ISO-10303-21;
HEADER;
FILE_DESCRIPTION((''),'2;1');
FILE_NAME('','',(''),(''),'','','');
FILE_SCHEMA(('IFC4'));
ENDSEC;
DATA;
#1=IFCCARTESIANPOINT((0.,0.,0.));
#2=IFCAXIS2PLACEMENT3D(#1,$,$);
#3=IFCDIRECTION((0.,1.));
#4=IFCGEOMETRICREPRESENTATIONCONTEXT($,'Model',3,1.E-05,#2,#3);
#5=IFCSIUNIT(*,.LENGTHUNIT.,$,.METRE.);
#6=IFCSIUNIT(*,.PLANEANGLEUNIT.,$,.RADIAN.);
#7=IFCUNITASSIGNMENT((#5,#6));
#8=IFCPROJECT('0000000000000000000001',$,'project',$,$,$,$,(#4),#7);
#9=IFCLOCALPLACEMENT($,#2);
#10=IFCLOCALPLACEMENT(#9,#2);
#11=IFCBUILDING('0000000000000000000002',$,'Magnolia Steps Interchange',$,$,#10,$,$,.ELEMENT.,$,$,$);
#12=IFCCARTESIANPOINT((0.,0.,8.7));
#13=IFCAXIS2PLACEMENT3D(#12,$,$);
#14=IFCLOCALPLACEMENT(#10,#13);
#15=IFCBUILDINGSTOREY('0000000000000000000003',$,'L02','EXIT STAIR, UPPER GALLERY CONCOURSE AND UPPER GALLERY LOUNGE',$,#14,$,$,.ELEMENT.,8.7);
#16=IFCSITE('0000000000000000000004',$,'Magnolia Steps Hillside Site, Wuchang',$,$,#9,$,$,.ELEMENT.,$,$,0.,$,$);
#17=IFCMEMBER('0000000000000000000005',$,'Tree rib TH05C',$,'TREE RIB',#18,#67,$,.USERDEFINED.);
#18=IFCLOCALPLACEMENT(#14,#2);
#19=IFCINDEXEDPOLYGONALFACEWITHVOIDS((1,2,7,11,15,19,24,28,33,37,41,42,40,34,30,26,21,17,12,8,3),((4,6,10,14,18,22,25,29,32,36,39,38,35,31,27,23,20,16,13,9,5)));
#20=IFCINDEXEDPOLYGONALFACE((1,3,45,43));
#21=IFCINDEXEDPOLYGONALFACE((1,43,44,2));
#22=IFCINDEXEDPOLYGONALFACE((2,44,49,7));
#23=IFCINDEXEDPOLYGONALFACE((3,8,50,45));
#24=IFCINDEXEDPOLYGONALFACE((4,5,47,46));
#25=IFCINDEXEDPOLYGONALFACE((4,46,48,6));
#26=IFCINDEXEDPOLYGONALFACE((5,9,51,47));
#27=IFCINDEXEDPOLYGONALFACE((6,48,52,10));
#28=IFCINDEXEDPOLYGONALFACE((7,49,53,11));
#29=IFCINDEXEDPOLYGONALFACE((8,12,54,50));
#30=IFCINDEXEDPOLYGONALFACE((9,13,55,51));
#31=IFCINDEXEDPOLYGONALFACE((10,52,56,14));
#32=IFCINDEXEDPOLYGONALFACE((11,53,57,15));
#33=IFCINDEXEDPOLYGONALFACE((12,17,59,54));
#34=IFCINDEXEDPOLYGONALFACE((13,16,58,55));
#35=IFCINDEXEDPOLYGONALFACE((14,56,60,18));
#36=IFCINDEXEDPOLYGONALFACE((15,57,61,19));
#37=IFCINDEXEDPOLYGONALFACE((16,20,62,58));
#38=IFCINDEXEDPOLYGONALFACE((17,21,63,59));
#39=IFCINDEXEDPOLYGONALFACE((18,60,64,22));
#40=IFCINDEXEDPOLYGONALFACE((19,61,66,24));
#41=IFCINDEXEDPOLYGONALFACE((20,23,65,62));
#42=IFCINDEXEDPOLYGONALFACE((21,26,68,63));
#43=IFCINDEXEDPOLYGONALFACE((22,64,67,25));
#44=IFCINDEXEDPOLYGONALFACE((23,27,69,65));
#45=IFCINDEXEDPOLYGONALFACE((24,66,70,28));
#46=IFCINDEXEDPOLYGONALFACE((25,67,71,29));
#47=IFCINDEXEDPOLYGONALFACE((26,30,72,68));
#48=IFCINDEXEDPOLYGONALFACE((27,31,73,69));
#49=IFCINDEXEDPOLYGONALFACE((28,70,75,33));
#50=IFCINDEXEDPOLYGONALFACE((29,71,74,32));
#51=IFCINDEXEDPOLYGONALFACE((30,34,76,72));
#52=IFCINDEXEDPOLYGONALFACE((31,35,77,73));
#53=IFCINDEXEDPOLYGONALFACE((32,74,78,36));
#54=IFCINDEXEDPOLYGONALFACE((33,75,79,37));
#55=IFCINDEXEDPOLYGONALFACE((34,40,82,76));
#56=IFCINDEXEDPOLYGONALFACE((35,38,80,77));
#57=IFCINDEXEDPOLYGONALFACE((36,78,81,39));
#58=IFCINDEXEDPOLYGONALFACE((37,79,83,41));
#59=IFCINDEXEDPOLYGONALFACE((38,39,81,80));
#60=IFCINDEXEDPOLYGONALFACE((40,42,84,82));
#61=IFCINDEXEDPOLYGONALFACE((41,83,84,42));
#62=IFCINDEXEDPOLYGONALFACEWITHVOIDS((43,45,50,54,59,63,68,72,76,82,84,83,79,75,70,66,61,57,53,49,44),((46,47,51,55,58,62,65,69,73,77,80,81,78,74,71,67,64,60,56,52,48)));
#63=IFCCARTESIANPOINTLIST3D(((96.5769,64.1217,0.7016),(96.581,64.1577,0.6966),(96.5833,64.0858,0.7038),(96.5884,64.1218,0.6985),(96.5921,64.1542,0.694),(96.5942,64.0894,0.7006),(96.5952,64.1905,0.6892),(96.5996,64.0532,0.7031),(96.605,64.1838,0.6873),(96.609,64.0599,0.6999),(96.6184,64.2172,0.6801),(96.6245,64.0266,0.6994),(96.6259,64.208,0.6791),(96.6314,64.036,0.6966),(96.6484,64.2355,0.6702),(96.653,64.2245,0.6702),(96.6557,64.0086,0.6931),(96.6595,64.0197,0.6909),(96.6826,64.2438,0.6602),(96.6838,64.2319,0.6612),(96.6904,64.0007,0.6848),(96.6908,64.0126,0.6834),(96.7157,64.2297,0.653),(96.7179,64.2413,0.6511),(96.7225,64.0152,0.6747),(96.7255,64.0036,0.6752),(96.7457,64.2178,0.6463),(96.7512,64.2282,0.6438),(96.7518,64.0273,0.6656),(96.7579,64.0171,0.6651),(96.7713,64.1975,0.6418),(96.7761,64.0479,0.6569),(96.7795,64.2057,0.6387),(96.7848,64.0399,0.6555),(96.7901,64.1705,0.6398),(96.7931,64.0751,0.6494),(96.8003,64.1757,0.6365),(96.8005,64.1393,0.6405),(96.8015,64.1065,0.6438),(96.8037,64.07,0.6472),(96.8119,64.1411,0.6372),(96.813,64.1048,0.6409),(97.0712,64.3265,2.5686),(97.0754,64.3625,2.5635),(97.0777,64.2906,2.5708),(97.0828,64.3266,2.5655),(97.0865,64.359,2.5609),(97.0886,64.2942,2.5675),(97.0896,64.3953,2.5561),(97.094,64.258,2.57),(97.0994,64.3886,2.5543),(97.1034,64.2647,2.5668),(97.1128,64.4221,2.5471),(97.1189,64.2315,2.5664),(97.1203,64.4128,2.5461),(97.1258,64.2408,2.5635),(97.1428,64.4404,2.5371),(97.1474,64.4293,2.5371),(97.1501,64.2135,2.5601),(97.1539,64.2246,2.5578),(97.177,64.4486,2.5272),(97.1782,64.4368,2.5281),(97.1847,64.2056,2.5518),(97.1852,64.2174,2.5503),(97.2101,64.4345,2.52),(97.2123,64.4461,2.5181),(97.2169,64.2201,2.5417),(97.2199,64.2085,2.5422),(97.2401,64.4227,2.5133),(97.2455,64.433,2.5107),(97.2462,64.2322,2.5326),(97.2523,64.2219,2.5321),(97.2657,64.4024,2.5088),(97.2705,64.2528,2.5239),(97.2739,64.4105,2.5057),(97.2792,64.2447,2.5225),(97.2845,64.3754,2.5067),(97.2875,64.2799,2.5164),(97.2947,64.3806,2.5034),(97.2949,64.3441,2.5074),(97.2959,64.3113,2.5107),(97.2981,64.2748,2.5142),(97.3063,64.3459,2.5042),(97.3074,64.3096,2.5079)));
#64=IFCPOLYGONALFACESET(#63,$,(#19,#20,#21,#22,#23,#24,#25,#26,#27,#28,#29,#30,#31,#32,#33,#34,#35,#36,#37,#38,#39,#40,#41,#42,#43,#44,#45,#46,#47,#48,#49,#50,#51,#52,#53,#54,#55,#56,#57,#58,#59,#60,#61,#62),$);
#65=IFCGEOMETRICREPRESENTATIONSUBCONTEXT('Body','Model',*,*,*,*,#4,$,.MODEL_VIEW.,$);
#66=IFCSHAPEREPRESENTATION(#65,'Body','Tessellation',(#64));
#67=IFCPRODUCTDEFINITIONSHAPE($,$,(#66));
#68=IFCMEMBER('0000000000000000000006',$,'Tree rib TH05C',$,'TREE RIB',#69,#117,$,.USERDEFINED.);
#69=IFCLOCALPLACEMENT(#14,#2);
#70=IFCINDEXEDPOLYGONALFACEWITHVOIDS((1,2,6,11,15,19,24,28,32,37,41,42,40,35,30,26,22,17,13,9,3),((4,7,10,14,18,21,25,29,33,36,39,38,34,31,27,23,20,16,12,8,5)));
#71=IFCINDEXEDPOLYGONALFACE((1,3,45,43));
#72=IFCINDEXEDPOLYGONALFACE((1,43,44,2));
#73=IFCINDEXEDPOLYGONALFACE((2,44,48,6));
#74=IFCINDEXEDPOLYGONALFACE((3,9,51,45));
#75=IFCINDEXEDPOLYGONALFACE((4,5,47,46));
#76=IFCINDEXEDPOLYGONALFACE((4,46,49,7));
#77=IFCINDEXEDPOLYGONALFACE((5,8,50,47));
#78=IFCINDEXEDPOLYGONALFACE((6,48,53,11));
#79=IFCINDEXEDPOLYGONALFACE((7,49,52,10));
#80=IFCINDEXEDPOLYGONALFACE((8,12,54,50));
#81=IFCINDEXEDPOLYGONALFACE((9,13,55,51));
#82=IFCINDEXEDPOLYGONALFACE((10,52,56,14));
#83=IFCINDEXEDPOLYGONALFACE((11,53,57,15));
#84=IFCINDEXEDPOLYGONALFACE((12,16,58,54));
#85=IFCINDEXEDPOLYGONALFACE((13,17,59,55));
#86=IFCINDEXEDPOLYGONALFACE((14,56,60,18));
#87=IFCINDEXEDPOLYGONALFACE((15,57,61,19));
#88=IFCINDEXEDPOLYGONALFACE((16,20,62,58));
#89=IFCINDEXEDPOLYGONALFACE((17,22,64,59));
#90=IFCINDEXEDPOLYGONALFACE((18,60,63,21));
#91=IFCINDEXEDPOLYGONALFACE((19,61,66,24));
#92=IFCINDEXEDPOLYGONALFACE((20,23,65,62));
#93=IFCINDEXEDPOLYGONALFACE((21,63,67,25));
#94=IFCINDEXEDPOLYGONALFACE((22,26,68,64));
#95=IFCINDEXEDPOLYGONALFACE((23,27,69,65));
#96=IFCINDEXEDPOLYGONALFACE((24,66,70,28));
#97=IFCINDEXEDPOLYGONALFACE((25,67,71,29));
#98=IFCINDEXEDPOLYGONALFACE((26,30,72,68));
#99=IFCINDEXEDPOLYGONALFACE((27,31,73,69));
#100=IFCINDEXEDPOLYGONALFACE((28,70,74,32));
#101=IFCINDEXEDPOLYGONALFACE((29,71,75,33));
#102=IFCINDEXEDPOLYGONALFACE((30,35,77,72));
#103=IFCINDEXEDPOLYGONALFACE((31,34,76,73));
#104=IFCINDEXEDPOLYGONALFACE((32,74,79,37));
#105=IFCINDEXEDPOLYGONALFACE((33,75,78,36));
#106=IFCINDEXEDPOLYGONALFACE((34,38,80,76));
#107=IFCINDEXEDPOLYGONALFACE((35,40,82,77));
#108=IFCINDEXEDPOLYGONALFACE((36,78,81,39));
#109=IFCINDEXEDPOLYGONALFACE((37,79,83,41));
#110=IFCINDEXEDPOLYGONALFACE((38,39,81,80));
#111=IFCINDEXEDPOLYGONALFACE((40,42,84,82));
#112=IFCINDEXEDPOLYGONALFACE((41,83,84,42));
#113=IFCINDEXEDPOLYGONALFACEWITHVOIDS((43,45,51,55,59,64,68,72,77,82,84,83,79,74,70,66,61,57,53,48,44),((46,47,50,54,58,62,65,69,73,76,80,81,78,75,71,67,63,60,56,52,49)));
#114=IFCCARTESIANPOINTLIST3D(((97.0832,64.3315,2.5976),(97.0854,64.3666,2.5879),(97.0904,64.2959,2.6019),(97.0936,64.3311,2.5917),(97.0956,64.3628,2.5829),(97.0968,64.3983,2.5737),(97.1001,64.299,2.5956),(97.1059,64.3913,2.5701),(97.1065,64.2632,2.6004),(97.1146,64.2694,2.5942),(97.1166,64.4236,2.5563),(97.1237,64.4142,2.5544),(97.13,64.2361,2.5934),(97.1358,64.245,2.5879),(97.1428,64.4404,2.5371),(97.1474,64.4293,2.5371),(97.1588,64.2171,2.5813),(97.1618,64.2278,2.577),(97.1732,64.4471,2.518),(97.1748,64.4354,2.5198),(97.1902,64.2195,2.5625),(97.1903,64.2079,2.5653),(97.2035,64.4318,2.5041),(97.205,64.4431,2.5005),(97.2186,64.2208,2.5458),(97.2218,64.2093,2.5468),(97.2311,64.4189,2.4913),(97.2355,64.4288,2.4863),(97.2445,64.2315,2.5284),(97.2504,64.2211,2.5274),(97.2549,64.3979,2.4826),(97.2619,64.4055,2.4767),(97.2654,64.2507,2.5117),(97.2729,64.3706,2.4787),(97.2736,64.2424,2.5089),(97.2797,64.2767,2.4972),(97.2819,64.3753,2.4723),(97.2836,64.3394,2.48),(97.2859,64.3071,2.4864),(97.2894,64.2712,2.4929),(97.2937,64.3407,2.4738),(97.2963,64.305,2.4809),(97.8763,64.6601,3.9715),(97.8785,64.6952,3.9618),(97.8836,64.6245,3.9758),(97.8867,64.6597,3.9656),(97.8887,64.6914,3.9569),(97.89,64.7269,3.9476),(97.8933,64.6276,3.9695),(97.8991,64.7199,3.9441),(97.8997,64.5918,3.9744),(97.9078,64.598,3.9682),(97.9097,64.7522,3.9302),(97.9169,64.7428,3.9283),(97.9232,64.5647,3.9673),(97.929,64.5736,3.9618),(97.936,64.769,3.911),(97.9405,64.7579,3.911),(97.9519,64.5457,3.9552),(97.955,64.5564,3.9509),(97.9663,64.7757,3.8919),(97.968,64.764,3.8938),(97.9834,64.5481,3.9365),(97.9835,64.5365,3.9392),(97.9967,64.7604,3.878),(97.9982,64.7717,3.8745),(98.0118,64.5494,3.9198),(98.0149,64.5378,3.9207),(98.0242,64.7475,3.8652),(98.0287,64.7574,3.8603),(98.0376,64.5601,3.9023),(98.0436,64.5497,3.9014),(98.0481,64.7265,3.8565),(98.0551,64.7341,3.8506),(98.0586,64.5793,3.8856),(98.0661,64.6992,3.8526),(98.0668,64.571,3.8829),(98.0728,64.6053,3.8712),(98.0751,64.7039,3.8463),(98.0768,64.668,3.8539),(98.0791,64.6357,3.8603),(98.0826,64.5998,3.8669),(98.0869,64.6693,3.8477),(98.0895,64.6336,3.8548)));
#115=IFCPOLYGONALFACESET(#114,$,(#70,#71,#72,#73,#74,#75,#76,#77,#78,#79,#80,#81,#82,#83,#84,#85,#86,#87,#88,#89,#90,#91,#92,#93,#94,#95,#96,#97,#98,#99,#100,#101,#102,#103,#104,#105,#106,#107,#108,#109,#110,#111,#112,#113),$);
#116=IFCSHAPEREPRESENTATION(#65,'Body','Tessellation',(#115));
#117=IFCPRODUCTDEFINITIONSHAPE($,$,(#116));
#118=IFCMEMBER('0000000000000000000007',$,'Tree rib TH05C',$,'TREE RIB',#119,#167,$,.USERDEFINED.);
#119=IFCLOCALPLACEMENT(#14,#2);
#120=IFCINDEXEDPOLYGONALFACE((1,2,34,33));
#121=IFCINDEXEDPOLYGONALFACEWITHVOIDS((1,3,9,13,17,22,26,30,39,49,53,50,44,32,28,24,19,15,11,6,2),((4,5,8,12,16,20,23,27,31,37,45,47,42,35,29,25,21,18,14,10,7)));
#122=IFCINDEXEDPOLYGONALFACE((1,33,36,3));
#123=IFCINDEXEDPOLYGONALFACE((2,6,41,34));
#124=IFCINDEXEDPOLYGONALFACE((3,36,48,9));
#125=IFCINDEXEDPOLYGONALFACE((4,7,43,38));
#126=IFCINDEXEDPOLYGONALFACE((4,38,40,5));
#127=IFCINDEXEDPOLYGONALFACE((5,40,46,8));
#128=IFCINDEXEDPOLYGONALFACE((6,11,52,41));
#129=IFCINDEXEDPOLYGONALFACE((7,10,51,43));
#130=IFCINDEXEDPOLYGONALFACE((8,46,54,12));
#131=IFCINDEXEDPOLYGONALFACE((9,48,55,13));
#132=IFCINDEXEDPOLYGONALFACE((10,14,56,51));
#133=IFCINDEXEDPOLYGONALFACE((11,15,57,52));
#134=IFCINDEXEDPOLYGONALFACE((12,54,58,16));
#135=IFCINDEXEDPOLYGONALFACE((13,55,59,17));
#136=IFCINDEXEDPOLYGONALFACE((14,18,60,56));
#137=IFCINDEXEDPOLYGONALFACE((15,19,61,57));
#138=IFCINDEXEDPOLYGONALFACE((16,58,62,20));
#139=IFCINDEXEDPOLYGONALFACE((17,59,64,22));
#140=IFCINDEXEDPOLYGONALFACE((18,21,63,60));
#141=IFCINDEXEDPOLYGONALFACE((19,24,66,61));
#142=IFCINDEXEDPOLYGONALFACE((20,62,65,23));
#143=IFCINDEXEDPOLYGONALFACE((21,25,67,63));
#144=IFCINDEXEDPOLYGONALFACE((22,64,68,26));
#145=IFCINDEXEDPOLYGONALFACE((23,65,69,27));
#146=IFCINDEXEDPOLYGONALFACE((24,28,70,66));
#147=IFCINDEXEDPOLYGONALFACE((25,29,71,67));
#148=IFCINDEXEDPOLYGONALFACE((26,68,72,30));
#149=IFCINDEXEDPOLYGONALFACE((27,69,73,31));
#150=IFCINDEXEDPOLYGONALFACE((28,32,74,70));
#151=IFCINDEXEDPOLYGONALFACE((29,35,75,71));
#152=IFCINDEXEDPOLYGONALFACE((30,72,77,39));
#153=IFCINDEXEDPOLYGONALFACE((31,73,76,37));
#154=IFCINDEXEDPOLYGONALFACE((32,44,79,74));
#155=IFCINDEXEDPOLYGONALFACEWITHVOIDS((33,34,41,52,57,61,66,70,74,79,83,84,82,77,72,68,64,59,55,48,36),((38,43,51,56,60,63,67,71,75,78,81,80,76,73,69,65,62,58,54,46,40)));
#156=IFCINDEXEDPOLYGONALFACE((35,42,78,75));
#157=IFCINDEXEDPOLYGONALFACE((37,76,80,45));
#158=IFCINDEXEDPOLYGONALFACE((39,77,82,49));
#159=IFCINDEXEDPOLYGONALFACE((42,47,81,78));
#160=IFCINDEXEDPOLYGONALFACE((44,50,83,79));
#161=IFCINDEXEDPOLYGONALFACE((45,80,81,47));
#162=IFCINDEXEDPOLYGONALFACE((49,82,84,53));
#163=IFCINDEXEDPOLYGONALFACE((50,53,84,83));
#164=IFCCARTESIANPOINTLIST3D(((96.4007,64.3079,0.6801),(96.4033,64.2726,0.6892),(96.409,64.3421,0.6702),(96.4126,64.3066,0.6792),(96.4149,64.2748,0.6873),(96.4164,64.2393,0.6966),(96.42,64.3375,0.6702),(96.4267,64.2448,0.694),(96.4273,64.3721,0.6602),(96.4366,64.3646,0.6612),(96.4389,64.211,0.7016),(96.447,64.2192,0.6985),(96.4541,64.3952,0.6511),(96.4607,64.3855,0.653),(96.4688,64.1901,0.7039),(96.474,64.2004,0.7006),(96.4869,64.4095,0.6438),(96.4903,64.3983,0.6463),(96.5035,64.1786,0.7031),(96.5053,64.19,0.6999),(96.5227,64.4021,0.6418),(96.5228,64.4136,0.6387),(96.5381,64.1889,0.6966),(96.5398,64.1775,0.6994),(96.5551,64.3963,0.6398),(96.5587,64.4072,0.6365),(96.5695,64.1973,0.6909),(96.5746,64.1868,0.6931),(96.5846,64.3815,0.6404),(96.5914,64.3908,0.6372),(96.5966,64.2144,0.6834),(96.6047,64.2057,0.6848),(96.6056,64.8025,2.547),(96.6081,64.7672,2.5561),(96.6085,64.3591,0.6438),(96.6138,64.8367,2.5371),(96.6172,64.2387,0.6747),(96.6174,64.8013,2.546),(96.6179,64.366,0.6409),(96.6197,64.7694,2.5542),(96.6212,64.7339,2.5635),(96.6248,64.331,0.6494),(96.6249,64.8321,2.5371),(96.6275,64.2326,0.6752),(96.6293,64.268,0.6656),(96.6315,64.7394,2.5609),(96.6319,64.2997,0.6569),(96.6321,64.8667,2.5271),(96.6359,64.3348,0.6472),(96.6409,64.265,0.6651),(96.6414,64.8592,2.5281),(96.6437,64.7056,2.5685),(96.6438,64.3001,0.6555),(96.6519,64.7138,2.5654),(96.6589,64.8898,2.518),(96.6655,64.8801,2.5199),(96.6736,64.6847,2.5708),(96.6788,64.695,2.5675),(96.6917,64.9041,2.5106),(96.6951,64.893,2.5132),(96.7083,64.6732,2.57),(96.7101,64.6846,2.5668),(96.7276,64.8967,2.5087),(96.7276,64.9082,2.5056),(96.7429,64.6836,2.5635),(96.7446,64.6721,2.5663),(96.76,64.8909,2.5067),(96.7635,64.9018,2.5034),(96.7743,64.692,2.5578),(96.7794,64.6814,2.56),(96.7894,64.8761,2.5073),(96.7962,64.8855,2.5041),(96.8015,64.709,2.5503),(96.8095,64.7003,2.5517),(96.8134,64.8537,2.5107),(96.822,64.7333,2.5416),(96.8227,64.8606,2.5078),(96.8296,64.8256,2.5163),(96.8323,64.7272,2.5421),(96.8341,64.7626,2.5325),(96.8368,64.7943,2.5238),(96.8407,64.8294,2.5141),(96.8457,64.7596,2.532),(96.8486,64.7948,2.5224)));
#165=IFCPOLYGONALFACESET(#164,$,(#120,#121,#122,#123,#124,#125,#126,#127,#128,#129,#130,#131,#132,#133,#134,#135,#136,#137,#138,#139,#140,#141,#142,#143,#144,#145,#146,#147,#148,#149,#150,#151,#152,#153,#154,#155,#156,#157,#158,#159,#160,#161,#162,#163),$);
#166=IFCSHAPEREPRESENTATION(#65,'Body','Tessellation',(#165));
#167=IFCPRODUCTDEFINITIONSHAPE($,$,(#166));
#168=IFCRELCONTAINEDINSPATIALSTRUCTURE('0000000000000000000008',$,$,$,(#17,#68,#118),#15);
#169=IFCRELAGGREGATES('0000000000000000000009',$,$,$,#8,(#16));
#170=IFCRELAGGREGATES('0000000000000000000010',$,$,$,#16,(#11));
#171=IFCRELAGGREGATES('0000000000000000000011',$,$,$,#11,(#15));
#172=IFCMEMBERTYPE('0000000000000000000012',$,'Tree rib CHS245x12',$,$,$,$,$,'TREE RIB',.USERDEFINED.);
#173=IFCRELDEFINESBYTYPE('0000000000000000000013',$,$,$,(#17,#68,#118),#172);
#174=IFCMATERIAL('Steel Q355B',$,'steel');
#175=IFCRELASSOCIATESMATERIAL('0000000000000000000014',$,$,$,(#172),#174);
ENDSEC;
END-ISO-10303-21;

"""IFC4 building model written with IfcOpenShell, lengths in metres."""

from ifc_helpers import new_model, si_unit, direction, frame, origin, origin_2d, place, context, subcontext, project, spatial, hollow_circle, extrude, material, material_profile, profile_set, type_object, element, save


model = new_model("IFC4")

# Units and contexts
model_context = context("Model", 3, precision=1e-05, world=origin(), true_north=direction((0.0, 1.0)))
body_context = subcontext(model_context, "Body", "Model", "MODEL_VIEW")
ifc_project = project(units=[si_unit("LENGTHUNIT", "METRE"), si_unit("PLANEANGLEUNIT", "RADIAN")], contexts=[model_context])

# Site, building, storey
site_placement = place(None, origin())
site = spatial("IfcSite", under=ifc_project, at=site_placement, Name="Magnolia Steps Hillside Site, Wuchang", CompositionType="ELEMENT", RefElevation=0.0)
building_placement = place(site_placement, origin())
building = spatial("IfcBuilding", under=site, at=building_placement, Name="Magnolia Steps Interchange", CompositionType="ELEMENT")
storey_placement = place(building_placement, frame((0.0, 0.0, 8.7)))
storey = spatial("IfcBuildingStorey", under=building, at=storey_placement, Name="L02", Description="EXIT STAIR, UPPER GALLERY CONCOURSE AND UPPER GALLERY LOUNGE", CompositionType="ELEMENT", Elevation=8.7)

# Members
ifc_material_1 = material(Name="Steel Q355B", Category="steel")
ifc_material_profile_1 = material_profile(ifc_material_1, hollow_circle(Radius=0.1226, WallThickness=0.012, at=origin_2d()), Name="CHS245x12")
ifc_profile_set_1 = profile_set([ifc_material_profile_1], Name="Steel Q355B")
member_type_1 = type_object("IfcMemberType", Name="Tree rib CHS245x12", ElementType="TREE RIB", PredefinedType="USERDEFINED", material=ifc_profile_set_1)
member_1_placement = place(storey_placement, frame((96.6953, 64.1223, 0.6702), z_axis=(0.254559, 0.105469, 0.961289), x_axis=(-0.382768, 0.923844, 0.0)))
element("IfcMember", 1, at=member_1_placement, inside=storey, type_object=member_type_1, Name="Tree rib TH05C", ObjectType="TREE RIB", PredefinedType="USERDEFINED", context=body_context, shape_type="SweptSolid", body=[
    extrude(hollow_circle(Radius=0.1226, WallThickness=0.012, at=origin_2d()), origin(), (0.0, 0.0, 1.0), 1.9421),
])
member_2_placement = place(storey_placement, frame((97.1897, 64.3271, 2.5371), z_axis=(0.489571, 0.20282, 0.848047), x_axis=(-0.382737, 0.923857, 0.0)))
element("IfcMember", 2, at=member_2_placement, inside=storey, type_object=member_type_1, Name="Tree rib TH05C", ObjectType="TREE RIB", PredefinedType="USERDEFINED", context=body_context, shape_type="SweptSolid", body=[
    extrude(hollow_circle(Radius=0.1226, WallThickness=0.012, at=origin_2d()), origin(), (0.0, 0.0, 1.0), 1.6201),
])
member_3_placement = place(storey_placement, frame((96.5222, 64.2952, 0.6702), z_axis=(0.105466, 0.254676, 0.961258), x_axis=(-0.923911, 0.382607, 0.0)))
element("IfcMember", 3, at=member_3_placement, inside=storey, type_object=member_type_1, Name="Tree rib TH05C", ObjectType="TREE RIB", PredefinedType="USERDEFINED", context=body_context, shape_type="SweptSolid", body=[
    extrude(hollow_circle(Radius=0.1226, WallThickness=0.012, at=origin_2d()), origin(), (0.0, 0.0, 1.0), 1.9421),
])

save(model, "model.ifc")
